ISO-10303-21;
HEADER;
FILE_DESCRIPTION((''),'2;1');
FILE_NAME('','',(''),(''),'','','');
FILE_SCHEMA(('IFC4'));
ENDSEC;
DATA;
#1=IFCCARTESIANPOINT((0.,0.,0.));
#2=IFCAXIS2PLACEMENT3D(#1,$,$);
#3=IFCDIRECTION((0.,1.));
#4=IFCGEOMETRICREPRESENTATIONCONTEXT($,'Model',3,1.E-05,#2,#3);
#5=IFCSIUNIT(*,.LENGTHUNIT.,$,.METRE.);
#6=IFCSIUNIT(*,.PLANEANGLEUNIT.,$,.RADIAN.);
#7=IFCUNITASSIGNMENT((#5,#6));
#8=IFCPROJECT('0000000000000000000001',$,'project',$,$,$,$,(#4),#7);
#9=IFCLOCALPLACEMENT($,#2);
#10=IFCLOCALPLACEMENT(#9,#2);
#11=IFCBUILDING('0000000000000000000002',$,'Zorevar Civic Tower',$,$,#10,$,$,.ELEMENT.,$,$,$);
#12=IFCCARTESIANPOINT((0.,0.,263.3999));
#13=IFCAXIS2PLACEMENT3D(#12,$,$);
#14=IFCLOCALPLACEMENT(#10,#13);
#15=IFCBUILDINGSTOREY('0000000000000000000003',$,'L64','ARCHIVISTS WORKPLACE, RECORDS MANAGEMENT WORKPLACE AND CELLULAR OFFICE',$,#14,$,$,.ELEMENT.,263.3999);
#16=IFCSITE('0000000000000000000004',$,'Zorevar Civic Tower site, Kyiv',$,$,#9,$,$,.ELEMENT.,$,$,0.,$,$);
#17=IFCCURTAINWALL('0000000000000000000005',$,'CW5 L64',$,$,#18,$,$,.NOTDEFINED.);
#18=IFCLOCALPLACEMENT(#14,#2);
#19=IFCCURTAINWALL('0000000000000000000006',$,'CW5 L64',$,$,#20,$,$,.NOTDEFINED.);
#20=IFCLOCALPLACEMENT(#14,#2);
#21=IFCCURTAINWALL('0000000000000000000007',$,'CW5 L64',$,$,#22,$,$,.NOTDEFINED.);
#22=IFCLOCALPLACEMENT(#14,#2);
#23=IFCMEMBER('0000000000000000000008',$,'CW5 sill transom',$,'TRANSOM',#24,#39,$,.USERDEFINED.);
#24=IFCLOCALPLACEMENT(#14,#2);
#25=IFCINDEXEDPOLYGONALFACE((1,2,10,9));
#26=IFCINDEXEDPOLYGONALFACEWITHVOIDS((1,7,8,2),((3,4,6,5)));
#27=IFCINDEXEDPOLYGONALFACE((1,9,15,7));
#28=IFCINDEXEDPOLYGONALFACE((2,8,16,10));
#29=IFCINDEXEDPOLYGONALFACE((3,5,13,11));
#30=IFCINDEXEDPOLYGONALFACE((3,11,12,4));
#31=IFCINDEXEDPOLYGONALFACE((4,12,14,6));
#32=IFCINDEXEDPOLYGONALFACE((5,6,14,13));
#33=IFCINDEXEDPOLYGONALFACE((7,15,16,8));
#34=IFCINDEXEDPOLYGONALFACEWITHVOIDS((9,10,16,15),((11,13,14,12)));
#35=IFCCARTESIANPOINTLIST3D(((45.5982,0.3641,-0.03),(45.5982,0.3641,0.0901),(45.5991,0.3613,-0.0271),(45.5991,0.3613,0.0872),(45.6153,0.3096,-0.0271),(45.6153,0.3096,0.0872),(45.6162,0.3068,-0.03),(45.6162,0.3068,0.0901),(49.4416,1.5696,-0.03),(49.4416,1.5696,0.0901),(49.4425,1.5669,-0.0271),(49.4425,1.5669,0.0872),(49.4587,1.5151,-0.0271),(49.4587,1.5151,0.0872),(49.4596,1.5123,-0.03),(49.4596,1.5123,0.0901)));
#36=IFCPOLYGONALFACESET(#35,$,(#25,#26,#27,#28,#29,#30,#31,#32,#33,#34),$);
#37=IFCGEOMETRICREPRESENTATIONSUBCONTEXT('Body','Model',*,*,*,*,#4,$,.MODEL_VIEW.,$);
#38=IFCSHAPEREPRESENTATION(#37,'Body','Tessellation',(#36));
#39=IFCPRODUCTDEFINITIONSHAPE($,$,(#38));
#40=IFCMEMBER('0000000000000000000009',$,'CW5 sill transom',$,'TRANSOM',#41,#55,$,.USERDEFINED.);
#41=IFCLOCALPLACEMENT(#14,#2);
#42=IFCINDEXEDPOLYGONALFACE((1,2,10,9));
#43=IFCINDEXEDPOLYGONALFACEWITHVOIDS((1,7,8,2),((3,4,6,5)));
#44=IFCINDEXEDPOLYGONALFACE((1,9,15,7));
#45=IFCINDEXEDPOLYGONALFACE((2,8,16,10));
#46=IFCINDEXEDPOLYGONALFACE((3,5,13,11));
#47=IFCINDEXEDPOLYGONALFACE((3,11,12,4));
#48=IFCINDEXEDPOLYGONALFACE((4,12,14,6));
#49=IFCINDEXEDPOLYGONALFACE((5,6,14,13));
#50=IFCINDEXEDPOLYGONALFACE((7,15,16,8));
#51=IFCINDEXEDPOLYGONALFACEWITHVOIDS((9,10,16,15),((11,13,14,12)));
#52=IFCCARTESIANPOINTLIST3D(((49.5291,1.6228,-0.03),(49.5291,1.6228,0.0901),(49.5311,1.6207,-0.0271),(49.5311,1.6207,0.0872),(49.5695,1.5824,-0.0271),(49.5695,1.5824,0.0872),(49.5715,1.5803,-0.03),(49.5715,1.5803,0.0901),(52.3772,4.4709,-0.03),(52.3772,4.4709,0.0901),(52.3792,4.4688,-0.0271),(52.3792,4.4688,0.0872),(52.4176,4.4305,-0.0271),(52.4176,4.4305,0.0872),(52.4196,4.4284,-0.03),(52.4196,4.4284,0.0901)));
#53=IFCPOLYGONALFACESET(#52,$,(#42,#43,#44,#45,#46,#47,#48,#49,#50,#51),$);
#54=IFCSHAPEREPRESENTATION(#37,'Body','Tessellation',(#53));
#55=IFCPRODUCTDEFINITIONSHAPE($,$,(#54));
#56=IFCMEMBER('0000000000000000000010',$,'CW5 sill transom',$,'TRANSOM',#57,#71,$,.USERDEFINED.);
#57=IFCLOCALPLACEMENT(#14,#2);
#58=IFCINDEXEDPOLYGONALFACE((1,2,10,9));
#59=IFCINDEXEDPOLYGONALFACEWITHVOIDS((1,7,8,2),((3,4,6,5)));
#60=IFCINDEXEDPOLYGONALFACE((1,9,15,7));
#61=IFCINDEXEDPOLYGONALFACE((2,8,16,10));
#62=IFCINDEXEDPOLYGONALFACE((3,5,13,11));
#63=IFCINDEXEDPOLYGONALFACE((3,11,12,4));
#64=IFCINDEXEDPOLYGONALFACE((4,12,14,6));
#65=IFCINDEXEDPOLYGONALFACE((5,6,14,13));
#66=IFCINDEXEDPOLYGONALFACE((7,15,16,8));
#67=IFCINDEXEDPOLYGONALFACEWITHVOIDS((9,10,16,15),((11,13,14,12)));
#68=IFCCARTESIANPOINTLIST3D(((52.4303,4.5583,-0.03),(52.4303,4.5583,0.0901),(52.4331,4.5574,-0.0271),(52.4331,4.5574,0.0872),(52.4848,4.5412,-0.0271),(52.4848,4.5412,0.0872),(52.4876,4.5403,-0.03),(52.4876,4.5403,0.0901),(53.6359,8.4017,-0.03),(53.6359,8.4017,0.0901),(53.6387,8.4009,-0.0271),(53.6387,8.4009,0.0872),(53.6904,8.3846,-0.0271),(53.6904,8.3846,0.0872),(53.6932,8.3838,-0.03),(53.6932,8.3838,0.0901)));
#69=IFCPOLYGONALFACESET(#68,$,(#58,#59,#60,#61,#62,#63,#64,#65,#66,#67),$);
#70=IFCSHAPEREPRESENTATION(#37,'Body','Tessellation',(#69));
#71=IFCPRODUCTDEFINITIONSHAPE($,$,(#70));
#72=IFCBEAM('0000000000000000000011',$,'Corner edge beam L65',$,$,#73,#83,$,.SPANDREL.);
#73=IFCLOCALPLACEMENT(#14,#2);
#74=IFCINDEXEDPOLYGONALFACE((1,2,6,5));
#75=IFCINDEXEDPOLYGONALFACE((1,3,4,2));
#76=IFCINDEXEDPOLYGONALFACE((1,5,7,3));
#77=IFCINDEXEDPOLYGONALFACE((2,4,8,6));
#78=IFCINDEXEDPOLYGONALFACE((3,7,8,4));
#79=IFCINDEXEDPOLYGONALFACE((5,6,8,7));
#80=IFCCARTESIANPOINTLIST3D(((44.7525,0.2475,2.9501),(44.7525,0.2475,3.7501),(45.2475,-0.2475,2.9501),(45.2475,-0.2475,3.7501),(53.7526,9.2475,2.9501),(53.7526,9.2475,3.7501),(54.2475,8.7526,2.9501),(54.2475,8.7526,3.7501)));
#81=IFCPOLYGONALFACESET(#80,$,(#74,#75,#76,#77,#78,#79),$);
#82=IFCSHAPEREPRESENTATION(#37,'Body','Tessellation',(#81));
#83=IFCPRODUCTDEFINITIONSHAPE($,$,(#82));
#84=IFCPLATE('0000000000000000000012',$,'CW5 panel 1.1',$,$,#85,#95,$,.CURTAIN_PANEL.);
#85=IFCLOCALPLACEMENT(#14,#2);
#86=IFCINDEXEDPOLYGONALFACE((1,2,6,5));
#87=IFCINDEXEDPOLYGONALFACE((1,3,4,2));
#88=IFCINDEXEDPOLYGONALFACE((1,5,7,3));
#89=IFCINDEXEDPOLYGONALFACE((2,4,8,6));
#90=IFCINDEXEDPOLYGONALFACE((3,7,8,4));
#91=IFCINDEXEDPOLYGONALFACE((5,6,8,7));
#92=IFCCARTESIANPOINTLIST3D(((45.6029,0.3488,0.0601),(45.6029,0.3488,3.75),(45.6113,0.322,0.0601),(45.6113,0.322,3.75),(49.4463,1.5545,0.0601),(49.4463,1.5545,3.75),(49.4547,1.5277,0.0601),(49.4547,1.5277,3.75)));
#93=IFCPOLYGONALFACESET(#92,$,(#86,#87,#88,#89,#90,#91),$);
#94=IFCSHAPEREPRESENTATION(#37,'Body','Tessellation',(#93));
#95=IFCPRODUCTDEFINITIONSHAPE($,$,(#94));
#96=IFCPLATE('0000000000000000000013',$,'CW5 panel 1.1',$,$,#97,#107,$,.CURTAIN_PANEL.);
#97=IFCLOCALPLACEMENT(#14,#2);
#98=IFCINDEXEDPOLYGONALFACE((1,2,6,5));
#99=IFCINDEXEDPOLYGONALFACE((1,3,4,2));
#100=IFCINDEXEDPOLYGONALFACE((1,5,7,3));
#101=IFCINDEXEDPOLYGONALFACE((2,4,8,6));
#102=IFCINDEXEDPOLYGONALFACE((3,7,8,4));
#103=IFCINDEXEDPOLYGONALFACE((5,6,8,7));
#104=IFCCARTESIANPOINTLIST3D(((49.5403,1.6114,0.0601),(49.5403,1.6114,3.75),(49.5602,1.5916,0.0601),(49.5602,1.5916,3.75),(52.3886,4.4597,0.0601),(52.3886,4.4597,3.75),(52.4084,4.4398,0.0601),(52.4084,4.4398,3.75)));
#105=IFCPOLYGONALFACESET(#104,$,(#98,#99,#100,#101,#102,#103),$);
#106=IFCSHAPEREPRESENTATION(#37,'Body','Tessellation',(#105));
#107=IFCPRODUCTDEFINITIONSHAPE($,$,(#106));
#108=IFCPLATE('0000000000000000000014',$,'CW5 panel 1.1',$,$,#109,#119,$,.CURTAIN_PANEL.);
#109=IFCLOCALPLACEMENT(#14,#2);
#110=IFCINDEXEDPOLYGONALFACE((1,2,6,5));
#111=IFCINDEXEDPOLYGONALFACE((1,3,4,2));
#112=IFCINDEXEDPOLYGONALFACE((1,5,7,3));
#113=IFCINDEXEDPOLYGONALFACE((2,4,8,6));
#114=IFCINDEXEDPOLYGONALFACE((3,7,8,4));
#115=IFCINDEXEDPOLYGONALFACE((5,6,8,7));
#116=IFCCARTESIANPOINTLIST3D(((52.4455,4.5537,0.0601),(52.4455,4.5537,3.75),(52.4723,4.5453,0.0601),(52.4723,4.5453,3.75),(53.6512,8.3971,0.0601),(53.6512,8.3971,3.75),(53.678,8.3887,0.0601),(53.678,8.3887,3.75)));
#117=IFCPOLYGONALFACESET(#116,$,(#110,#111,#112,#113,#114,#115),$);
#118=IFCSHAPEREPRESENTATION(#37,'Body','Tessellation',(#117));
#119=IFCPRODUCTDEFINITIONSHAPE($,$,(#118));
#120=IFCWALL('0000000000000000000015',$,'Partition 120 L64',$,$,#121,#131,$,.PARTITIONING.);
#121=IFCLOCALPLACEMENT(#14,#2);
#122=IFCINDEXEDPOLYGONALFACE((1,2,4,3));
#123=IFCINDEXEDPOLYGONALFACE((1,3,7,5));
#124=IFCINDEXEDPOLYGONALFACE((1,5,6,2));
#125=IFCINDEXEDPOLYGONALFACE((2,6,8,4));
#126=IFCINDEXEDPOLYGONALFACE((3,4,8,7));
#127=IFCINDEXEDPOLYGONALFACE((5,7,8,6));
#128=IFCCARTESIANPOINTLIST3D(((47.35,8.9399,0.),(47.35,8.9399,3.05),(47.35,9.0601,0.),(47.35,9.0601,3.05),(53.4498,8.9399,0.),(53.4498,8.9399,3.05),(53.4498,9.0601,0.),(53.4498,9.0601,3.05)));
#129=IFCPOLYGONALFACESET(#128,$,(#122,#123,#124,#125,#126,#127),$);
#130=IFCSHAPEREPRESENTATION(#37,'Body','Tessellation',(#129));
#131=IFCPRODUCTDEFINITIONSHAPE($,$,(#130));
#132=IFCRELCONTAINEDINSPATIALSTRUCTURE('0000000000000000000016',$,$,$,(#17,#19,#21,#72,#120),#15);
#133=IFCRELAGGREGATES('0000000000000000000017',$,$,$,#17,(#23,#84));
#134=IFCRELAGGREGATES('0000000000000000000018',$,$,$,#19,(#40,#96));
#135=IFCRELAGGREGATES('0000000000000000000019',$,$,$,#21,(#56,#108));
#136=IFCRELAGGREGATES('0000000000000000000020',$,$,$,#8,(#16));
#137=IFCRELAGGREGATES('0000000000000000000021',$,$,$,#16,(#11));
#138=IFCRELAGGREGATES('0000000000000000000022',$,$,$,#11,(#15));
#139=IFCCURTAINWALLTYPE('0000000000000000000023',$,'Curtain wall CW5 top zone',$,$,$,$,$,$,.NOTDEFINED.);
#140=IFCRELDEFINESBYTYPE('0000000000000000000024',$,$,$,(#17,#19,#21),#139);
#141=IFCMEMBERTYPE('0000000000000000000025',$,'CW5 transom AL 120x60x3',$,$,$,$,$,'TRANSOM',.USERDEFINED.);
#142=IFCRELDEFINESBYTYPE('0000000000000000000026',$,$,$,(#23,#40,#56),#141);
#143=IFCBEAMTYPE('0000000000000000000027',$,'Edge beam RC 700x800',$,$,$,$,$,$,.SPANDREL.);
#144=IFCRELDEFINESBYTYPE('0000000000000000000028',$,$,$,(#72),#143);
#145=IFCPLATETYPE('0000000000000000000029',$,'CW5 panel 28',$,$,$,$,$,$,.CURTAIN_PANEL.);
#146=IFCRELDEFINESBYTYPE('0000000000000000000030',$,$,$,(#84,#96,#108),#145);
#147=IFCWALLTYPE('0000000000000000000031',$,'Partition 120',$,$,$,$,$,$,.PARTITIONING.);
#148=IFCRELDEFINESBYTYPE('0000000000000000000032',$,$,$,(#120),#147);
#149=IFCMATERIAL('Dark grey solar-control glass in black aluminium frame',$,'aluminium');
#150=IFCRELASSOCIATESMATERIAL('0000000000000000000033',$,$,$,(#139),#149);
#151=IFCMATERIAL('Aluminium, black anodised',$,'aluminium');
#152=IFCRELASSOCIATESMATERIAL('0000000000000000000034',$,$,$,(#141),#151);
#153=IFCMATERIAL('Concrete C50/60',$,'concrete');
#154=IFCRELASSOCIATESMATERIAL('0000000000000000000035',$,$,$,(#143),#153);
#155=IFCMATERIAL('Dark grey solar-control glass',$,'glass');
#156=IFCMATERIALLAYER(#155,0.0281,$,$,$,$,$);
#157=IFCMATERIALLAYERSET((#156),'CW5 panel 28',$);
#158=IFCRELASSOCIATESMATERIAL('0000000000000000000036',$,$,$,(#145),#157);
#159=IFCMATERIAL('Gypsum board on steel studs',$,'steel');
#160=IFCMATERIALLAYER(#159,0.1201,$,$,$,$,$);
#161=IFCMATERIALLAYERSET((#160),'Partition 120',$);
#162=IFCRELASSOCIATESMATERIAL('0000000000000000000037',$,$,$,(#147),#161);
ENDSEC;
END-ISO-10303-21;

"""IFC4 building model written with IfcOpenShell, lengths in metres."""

from ifc_helpers import new_model, si_unit, direction, frame, frame_2d, origin, origin_2d, place, context, subcontext, project, spatial, rectangle, hollow_rectangle, extrude, material, layer, layer_set, material_profile, profile_set, type_object, element, aggregate, save


model = new_model("IFC4")

# Units and contexts
model_context = context("Model", 3, precision=1e-05, world=origin(), true_north=direction((0.0, 1.0)))
body_context = subcontext(model_context, "Body", "Model", "MODEL_VIEW")
ifc_project = project(units=[si_unit("LENGTHUNIT", "METRE"), si_unit("PLANEANGLEUNIT", "RADIAN")], contexts=[model_context])

# Site, building, storey
site_placement = place(None, origin())
site = spatial("IfcSite", under=ifc_project, at=site_placement, Name="Zorevar Civic Tower site, Kyiv", CompositionType="ELEMENT", RefElevation=0.0)
building_placement = place(site_placement, origin())
building = spatial("IfcBuilding", under=site, at=building_placement, Name="Zorevar Civic Tower", CompositionType="ELEMENT")
storey_placement = place(building_placement, frame((0.0, 0.0, 263.3999)))
storey = spatial("IfcBuildingStorey", under=building, at=storey_placement, Name="L64", Description="ARCHIVISTS WORKPLACE, RECORDS MANAGEMENT WORKPLACE AND CELLULAR OFFICE", CompositionType="ELEMENT", Elevation=263.3999)

# Shared definitions
ifc_material_1 = material(Name="Dark grey solar-control glass in black aluminium frame", Category="aluminium")
curtain_wall_type = type_object("IfcCurtainWallType", Name="Curtain wall CW5 top zone", PredefinedType="NOTDEFINED", material=ifc_material_1)

# Curtain walls
curtain_wall_1_placement = place(storey_placement, origin())
curtain_wall_1 = element("IfcCurtainWall", 1, at=curtain_wall_1_placement, inside=storey, type_object=curtain_wall_type, Name="CW5 L64", PredefinedType="NOTDEFINED")
curtain_wall_2_placement = place(storey_placement, origin())
curtain_wall_2 = element("IfcCurtainWall", 2, at=curtain_wall_2_placement, inside=storey, type_object=curtain_wall_type, Name="CW5 L64", PredefinedType="NOTDEFINED")
curtain_wall_3_placement = place(storey_placement, origin())
curtain_wall_3 = element("IfcCurtainWall", 3, at=curtain_wall_3_placement, inside=storey, type_object=curtain_wall_type, Name="CW5 L64", PredefinedType="NOTDEFINED")

# Members
ifc_material_2 = material(Name="Aluminium, black anodised", Category="aluminium")
ifc_material_profile_1 = material_profile(ifc_material_2, hollow_rectangle(XDim=0.0601, YDim=0.1201, WallThickness=0.0029, at=origin_2d()), Name="AL 120x60x3")
ifc_profile_set_1 = profile_set([ifc_material_profile_1], Name="Aluminium, black anodised")
member_type_1 = type_object("IfcMemberType", Name="CW5 transom AL 120x60x3", ElementType="TRANSOM", PredefinedType="USERDEFINED", material=ifc_profile_set_1)
member_1_placement = place(storey_placement, frame((45.6072, 0.3354, 0.03), z_axis=(0.954163, 0.299286, 0.0), x_axis=(-0.299286, 0.954163, 0.0)))
member_1 = element("IfcMember", 4, at=member_1_placement, type_object=member_type_1, Name="CW5 sill transom", ObjectType="TRANSOM", PredefinedType="USERDEFINED", context=body_context, shape_type="SweptSolid", body=[
    extrude(hollow_rectangle(XDim=0.0601, YDim=0.1201, WallThickness=0.0029, at=origin_2d()), origin(), (0.0, 0.0, 1.0), 4.0281),
])
member_2_placement = place(storey_placement, frame((49.5503, 1.6016, 0.03), z_axis=(0.707107, 0.707107, 0.0), x_axis=(-0.707107, 0.707107, 0.0)))
member_2 = element("IfcMember", 5, at=member_2_placement, type_object=member_type_1, Name="CW5 sill transom", ObjectType="TRANSOM", PredefinedType="USERDEFINED", context=body_context, shape_type="SweptSolid", body=[
    extrude(hollow_rectangle(XDim=0.0601, YDim=0.1201, WallThickness=0.0029, at=origin_2d()), origin(), (0.0, 0.0, 1.0), 4.0278),
])
member_3_placement = place(storey_placement, frame((52.459, 4.5493, 0.03), z_axis=(0.299286, 0.954163, 0.0), x_axis=(-0.954163, 0.299286, 0.0)))
member_3 = element("IfcMember", 6, at=member_3_placement, type_object=member_type_1, Name="CW5 sill transom", ObjectType="TRANSOM", PredefinedType="USERDEFINED", context=body_context, shape_type="SweptSolid", body=[
    extrude(hollow_rectangle(XDim=0.0601, YDim=0.1201, WallThickness=0.0029, at=origin_2d()), origin(), (0.0, 0.0, 1.0), 4.0281),
])

# Beam
ifc_material_3 = material(Name="Concrete C50/60", Category="concrete")
ifc_material_profile_2 = material_profile(ifc_material_3, rectangle(XDim=0.7, YDim=0.8, at=origin_2d()), Name="RC 700x800")
ifc_profile_set_2 = profile_set([ifc_material_profile_2], Name="Concrete C50/60")
beam_type_1 = type_object("IfcBeamType", Name="Edge beam RC 700x800", PredefinedType="SPANDREL", material=ifc_profile_set_2)
beam_1_placement = place(storey_placement, frame((45.0, 0.0, 3.3501), z_axis=(0.707107, 0.707107, 0.0), x_axis=(-0.707107, 0.707107, 0.0)))
element("IfcBeam", 7, at=beam_1_placement, inside=storey, type_object=beam_type_1, Name="Corner edge beam L65", PredefinedType="SPANDREL", context=body_context, shape_type="SweptSolid", body=[
    extrude(rectangle(XDim=0.7, YDim=0.8, at=origin_2d()), origin(), (0.0, 0.0, 1.0), 12.728),
])

# Plates
ifc_material_4 = material(Name="Dark grey solar-control glass", Category="glass")
ifc_layer_1 = layer(ifc_material_4, 0.0281)
ifc_layer_set_1 = layer_set([ifc_layer_1], Name="CW5 panel 28")
plate_type = type_object("IfcPlateType", Name="CW5 panel 28", PredefinedType="CURTAIN_PANEL", material=ifc_layer_set_1)
plate_1_placement = place(storey_placement, frame((47.5288, 0.9382, 0.0601), z_axis=(0.0, 0.0, 1.0), x_axis=(0.954153, 0.299318, 0.0)))
plate_1 = element("IfcPlate", 8, at=plate_1_placement, type_object=plate_type, Name="CW5 panel 1.1", PredefinedType="CURTAIN_PANEL", context=body_context, shape_type="SweptSolid", body=[
    extrude(rectangle(XDim=4.0281, YDim=0.0281, at=origin_2d()), origin(), (0.0, 0.0, 1.0), 3.6899),
])
aggregate(curtain_wall_1, [member_1, plate_1])
plate_2_placement = place(storey_placement, frame((50.9744, 3.0256, 0.0601), z_axis=(0.0, 0.0, 1.0), x_axis=(0.707107, 0.707107, 0.0)))
plate_2 = element("IfcPlate", 9, at=plate_2_placement, type_object=plate_type, Name="CW5 panel 1.1", PredefinedType="CURTAIN_PANEL", context=body_context, shape_type="SweptSolid", body=[
    extrude(rectangle(XDim=4.0281, YDim=0.0281, at=origin_2d()), origin(), (0.0, 0.0, 1.0), 3.6899),
])
aggregate(curtain_wall_2, [member_2, plate_2])
plate_3_placement = place(storey_placement, frame((53.0618, 6.4712, 0.0601), z_axis=(0.0, 0.0, 1.0), x_axis=(0.299318, 0.954153, 0.0)))
plate_3 = element("IfcPlate", 10, at=plate_3_placement, type_object=plate_type, Name="CW5 panel 1.1", PredefinedType="CURTAIN_PANEL", context=body_context, shape_type="SweptSolid", body=[
    extrude(rectangle(XDim=4.0281, YDim=0.0281, at=origin_2d()), origin(), (0.0, 0.0, 1.0), 3.6899),
])
aggregate(curtain_wall_3, [member_3, plate_3])

# Wall
ifc_material_5 = material(Name="Gypsum board on steel studs", Category="steel")
ifc_layer_2 = layer(ifc_material_5, 0.1201)
ifc_layer_set_2 = layer_set([ifc_layer_2], Name="Partition 120")
wall_type = type_object("IfcWallType", Name="Partition 120", PredefinedType="PARTITIONING", material=ifc_layer_set_2)
wall_placement = place(storey_placement, frame((47.3501, 9.0, 0.0), z_axis=(0.0, 0.0, 1.0), x_axis=(1.0, 0.0, 0.0)))
element("IfcWall", 11, at=wall_placement, inside=storey, type_object=wall_type, Name="Partition 120 L64", PredefinedType="PARTITIONING", context=body_context, shape_type="SweptSolid", body=[
    extrude(rectangle(XDim=6.0999, YDim=0.1201, at=frame_2d((3.0498, 0.0))), origin(), (0.0, 0.0, 1.0), 3.05),
])

save(model, "model.ifc")
